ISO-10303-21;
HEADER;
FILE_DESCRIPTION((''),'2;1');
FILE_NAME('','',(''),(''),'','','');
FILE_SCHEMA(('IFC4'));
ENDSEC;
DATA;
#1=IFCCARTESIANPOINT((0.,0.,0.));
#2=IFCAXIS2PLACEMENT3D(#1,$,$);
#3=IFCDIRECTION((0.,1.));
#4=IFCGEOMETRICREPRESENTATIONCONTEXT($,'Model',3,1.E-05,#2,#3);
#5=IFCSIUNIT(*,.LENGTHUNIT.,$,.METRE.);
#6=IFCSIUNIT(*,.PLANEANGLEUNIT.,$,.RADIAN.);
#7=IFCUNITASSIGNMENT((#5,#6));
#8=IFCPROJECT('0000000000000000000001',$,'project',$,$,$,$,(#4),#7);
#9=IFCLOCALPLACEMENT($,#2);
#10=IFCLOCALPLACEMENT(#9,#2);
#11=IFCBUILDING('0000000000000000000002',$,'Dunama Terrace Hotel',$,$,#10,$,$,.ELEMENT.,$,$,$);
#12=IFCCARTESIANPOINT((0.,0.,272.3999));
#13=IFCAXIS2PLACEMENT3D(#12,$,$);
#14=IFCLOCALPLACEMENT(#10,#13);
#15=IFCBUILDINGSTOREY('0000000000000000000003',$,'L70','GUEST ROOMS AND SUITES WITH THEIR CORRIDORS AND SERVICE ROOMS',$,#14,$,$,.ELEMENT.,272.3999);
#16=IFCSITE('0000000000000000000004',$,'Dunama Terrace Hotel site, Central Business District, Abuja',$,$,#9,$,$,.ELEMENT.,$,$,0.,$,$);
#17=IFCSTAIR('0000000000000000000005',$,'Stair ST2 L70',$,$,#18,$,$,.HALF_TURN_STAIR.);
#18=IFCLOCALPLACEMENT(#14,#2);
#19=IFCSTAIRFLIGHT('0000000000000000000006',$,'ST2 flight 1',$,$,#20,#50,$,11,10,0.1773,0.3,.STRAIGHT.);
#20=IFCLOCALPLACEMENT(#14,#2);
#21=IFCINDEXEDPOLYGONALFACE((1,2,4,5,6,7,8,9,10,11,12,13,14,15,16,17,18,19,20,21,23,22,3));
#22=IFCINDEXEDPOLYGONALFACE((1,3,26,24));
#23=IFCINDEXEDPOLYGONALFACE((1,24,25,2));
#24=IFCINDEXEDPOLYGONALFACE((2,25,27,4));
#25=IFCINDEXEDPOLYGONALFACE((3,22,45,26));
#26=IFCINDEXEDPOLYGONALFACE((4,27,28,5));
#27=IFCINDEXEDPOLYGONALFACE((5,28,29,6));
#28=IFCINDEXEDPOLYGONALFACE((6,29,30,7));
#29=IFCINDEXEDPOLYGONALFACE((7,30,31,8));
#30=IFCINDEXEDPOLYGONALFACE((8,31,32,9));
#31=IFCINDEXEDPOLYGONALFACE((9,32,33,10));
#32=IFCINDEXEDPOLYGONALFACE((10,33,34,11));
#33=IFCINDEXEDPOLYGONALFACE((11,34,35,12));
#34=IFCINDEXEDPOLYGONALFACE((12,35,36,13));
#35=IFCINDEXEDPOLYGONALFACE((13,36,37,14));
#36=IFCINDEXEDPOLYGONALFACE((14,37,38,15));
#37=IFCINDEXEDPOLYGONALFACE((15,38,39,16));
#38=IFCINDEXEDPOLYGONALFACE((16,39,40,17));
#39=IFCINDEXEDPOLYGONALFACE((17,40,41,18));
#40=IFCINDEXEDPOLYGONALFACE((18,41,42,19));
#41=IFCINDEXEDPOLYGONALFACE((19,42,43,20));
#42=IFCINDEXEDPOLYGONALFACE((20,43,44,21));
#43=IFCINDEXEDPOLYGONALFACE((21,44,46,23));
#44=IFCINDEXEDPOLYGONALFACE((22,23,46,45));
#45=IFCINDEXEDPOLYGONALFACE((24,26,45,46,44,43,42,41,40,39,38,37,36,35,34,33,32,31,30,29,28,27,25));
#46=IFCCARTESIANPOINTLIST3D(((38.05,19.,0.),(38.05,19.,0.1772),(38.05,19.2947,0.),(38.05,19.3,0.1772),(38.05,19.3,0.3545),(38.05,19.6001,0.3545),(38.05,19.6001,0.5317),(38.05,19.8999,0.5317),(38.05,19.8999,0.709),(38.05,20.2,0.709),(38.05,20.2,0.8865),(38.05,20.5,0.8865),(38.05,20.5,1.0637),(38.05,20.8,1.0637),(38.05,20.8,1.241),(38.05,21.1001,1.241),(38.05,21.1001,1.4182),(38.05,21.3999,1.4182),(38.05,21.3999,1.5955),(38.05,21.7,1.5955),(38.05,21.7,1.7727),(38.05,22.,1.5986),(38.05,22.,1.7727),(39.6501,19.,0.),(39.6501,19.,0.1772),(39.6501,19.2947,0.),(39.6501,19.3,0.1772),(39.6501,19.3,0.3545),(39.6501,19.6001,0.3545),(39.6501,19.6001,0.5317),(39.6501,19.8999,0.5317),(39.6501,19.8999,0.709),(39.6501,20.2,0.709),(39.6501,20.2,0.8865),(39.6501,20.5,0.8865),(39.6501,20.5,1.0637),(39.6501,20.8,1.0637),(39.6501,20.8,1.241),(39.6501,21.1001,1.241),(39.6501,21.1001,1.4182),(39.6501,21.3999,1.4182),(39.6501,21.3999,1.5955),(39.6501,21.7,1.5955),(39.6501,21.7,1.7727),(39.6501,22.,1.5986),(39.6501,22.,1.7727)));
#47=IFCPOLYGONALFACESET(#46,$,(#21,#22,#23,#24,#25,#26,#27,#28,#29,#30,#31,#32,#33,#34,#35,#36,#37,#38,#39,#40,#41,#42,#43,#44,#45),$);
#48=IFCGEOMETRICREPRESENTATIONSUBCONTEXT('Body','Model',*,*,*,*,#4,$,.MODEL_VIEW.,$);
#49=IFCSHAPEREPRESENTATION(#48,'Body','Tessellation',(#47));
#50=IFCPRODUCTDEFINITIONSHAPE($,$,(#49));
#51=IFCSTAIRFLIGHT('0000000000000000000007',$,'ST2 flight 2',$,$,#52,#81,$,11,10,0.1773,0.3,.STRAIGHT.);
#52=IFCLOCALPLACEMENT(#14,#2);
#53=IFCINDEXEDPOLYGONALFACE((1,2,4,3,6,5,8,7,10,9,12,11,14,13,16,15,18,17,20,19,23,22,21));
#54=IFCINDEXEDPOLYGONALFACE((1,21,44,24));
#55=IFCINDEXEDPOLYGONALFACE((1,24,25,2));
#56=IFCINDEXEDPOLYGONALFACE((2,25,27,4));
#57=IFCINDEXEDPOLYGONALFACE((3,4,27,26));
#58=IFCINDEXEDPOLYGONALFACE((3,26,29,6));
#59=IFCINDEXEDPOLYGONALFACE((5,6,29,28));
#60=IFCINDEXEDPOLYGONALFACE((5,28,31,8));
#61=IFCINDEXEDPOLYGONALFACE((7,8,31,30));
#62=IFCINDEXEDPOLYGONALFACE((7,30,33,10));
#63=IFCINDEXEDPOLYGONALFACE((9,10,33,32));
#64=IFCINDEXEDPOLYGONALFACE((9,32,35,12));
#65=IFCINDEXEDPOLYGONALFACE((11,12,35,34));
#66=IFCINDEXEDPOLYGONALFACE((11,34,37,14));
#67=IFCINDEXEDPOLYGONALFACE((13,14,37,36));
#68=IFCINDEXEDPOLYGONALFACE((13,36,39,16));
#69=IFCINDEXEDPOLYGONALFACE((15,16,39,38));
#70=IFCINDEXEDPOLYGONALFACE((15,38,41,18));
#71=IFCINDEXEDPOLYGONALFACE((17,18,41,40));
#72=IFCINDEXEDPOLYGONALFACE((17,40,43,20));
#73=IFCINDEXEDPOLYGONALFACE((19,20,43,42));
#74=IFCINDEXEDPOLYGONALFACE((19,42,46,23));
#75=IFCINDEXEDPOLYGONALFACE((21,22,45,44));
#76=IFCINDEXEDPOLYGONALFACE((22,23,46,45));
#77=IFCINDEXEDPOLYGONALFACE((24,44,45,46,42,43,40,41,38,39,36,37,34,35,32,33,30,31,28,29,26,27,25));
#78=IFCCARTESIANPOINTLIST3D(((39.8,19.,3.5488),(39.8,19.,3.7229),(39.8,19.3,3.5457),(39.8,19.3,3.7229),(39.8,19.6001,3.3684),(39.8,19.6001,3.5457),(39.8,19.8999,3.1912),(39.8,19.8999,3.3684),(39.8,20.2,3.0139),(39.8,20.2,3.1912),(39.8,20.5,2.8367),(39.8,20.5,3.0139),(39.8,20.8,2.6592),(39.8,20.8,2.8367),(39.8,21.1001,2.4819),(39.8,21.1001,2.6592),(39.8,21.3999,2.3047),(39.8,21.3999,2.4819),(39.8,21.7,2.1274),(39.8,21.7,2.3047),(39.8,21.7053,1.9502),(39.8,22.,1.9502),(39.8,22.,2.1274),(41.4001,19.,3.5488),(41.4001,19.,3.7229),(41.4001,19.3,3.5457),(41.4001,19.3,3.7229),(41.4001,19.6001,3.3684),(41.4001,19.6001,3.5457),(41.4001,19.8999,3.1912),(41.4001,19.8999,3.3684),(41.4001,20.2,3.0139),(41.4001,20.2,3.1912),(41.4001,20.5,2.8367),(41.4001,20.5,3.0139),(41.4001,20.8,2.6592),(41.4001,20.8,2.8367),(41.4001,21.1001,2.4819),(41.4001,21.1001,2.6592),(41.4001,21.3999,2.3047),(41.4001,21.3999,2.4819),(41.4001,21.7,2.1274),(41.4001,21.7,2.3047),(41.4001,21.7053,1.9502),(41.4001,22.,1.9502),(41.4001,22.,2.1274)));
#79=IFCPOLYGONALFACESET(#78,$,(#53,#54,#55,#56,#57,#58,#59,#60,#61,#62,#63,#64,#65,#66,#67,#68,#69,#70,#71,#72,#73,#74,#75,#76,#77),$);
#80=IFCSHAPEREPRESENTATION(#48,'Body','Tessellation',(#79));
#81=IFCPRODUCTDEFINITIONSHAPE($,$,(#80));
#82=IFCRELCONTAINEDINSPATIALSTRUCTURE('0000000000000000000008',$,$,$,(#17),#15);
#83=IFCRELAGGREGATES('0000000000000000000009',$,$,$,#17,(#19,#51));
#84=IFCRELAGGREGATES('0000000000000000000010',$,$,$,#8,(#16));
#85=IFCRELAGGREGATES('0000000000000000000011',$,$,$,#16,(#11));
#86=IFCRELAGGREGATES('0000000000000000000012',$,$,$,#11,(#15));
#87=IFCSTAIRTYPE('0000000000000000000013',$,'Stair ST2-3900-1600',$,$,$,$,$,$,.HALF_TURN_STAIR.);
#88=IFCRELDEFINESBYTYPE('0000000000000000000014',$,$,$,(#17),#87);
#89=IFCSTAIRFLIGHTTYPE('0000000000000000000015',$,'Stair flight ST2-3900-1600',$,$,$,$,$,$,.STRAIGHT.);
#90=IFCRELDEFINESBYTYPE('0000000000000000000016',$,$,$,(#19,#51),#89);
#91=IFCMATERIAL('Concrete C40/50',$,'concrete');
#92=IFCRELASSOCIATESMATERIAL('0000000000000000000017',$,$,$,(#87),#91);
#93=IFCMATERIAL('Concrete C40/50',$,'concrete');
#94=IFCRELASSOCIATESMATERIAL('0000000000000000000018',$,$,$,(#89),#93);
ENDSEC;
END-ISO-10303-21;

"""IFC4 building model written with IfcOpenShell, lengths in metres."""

from ifc_helpers import new_model, si_unit, direction, frame, origin, place, context, subcontext, project, spatial, polyline, outline, extrude, material, type_object, element, aggregate, save


model = new_model("IFC4")

# Units and contexts
model_context = context("Model", 3, precision=1e-05, world=origin(), true_north=direction((0.0, 1.0)))
body_context = subcontext(model_context, "Body", "Model", "MODEL_VIEW")
ifc_project = project(units=[si_unit("LENGTHUNIT", "METRE"), si_unit("PLANEANGLEUNIT", "RADIAN")], contexts=[model_context])

# Site, building, storey
site_placement = place(None, origin())
site = spatial("IfcSite", under=ifc_project, at=site_placement, Name="Dunama Terrace Hotel site, Central Business District, Abuja", CompositionType="ELEMENT", RefElevation=0.0)
building_placement = place(site_placement, origin())
building = spatial("IfcBuilding", under=site, at=building_placement, Name="Dunama Terrace Hotel", CompositionType="ELEMENT")
storey_placement = place(building_placement, frame((0.0, 0.0, 272.3999)))
storey = spatial("IfcBuildingStorey", under=building, at=storey_placement, Name="L70", Description="GUEST ROOMS AND SUITES WITH THEIR CORRIDORS AND SERVICE ROOMS", CompositionType="ELEMENT", Elevation=272.3999)

# Stair, stair flights
ifc_material_1 = material(Name="Concrete C40/50", Category="concrete")
stair_type = type_object("IfcStairType", Name="Stair ST2-3900-1600", PredefinedType="HALF_TURN_STAIR", material=ifc_material_1)
stair_placement = place(storey_placement, origin())
stair = element("IfcStair", 1, at=stair_placement, inside=storey, type_object=stair_type, Name="Stair ST2 L70", PredefinedType="HALF_TURN_STAIR")
ifc_material_2 = material(Name="Concrete C40/50", Category="concrete")
stair_flight_type = type_object("IfcStairFlightType", Name="Stair flight ST2-3900-1600", PredefinedType="STRAIGHT", material=ifc_material_2)
stair_flight_1_placement = place(storey_placement, frame((38.8501, 19.0, 0.0), z_axis=(0.0, 0.0, 1.0), x_axis=(0.0, 1.0, 0.0)))
stair_flight_1 = element("IfcStairFlight", 2, at=stair_flight_1_placement, type_object=stair_flight_type, Name="ST2 flight 1", NumberOfRisers=11, NumberOfTreads=10, PredefinedType="STRAIGHT", RiserHeight=0.1773, TreadLength=0.3, context=body_context, shape_type="SweptSolid", body=[
    extrude(outline(polyline([(0.0, 0.0), (0.0, 0.1772), (0.3, 0.1772), (0.3, 0.3545), (0.6001, 0.3545), (0.6001, 0.5317), (0.8999, 0.5317), (0.8999, 0.709), (1.2, 0.709), (1.2, 0.8865), (1.5, 0.8865), (1.5, 1.0637), (1.8, 1.0637), (1.8, 1.241), (2.1001, 1.241), (2.1001, 1.4182), (2.3999, 1.4182), (2.3999, 1.5955), (2.7, 1.5955), (2.7, 1.7727), (3.0, 1.7727), (3.0, 1.95), (3.0, 1.5986), (0.2947, 0.0), (0.0, 0.0)])), frame((0.0, 0.8, 0.0), z_axis=(0.0, -1.0, 0.0), x_axis=(1.0, 0.0, 0.0)), (0.0, 0.0, 1.0), 1.6001),
])
stair_flight_2_placement = place(storey_placement, frame((40.6001, 22.0, 1.9502), z_axis=(0.0, 0.0, 1.0), x_axis=(0.0, -1.0, 0.0)))
stair_flight_2 = element("IfcStairFlight", 3, at=stair_flight_2_placement, type_object=stair_flight_type, Name="ST2 flight 2", NumberOfRisers=11, NumberOfTreads=10, PredefinedType="STRAIGHT", RiserHeight=0.1773, TreadLength=0.3, context=body_context, shape_type="SweptSolid", body=[
    extrude(outline(polyline([(0.0, 0.0), (0.0, 0.1772), (0.3, 0.1772), (0.3, 0.3545), (0.6001, 0.3545), (0.6001, 0.5317), (0.8999, 0.5317), (0.8999, 0.709), (1.2, 0.709), (1.2, 0.8865), (1.5, 0.8865), (1.5, 1.0637), (1.8, 1.0637), (1.8, 1.241), (2.1001, 1.241), (2.1001, 1.4182), (2.3999, 1.4182), (2.3999, 1.5955), (2.7, 1.5955), (2.7, 1.7727), (3.0, 1.7727), (3.0, 1.95), (3.0, 1.5986), (0.2947, 0.0), (0.0, 0.0)])), frame((0.0, 0.8, 0.0), z_axis=(0.0, -1.0, 0.0), x_axis=(1.0, 0.0, 0.0)), (0.0, 0.0, 1.0), 1.6001),
])
aggregate(stair, [stair_flight_1, stair_flight_2])

save(model, "model.ifc")
